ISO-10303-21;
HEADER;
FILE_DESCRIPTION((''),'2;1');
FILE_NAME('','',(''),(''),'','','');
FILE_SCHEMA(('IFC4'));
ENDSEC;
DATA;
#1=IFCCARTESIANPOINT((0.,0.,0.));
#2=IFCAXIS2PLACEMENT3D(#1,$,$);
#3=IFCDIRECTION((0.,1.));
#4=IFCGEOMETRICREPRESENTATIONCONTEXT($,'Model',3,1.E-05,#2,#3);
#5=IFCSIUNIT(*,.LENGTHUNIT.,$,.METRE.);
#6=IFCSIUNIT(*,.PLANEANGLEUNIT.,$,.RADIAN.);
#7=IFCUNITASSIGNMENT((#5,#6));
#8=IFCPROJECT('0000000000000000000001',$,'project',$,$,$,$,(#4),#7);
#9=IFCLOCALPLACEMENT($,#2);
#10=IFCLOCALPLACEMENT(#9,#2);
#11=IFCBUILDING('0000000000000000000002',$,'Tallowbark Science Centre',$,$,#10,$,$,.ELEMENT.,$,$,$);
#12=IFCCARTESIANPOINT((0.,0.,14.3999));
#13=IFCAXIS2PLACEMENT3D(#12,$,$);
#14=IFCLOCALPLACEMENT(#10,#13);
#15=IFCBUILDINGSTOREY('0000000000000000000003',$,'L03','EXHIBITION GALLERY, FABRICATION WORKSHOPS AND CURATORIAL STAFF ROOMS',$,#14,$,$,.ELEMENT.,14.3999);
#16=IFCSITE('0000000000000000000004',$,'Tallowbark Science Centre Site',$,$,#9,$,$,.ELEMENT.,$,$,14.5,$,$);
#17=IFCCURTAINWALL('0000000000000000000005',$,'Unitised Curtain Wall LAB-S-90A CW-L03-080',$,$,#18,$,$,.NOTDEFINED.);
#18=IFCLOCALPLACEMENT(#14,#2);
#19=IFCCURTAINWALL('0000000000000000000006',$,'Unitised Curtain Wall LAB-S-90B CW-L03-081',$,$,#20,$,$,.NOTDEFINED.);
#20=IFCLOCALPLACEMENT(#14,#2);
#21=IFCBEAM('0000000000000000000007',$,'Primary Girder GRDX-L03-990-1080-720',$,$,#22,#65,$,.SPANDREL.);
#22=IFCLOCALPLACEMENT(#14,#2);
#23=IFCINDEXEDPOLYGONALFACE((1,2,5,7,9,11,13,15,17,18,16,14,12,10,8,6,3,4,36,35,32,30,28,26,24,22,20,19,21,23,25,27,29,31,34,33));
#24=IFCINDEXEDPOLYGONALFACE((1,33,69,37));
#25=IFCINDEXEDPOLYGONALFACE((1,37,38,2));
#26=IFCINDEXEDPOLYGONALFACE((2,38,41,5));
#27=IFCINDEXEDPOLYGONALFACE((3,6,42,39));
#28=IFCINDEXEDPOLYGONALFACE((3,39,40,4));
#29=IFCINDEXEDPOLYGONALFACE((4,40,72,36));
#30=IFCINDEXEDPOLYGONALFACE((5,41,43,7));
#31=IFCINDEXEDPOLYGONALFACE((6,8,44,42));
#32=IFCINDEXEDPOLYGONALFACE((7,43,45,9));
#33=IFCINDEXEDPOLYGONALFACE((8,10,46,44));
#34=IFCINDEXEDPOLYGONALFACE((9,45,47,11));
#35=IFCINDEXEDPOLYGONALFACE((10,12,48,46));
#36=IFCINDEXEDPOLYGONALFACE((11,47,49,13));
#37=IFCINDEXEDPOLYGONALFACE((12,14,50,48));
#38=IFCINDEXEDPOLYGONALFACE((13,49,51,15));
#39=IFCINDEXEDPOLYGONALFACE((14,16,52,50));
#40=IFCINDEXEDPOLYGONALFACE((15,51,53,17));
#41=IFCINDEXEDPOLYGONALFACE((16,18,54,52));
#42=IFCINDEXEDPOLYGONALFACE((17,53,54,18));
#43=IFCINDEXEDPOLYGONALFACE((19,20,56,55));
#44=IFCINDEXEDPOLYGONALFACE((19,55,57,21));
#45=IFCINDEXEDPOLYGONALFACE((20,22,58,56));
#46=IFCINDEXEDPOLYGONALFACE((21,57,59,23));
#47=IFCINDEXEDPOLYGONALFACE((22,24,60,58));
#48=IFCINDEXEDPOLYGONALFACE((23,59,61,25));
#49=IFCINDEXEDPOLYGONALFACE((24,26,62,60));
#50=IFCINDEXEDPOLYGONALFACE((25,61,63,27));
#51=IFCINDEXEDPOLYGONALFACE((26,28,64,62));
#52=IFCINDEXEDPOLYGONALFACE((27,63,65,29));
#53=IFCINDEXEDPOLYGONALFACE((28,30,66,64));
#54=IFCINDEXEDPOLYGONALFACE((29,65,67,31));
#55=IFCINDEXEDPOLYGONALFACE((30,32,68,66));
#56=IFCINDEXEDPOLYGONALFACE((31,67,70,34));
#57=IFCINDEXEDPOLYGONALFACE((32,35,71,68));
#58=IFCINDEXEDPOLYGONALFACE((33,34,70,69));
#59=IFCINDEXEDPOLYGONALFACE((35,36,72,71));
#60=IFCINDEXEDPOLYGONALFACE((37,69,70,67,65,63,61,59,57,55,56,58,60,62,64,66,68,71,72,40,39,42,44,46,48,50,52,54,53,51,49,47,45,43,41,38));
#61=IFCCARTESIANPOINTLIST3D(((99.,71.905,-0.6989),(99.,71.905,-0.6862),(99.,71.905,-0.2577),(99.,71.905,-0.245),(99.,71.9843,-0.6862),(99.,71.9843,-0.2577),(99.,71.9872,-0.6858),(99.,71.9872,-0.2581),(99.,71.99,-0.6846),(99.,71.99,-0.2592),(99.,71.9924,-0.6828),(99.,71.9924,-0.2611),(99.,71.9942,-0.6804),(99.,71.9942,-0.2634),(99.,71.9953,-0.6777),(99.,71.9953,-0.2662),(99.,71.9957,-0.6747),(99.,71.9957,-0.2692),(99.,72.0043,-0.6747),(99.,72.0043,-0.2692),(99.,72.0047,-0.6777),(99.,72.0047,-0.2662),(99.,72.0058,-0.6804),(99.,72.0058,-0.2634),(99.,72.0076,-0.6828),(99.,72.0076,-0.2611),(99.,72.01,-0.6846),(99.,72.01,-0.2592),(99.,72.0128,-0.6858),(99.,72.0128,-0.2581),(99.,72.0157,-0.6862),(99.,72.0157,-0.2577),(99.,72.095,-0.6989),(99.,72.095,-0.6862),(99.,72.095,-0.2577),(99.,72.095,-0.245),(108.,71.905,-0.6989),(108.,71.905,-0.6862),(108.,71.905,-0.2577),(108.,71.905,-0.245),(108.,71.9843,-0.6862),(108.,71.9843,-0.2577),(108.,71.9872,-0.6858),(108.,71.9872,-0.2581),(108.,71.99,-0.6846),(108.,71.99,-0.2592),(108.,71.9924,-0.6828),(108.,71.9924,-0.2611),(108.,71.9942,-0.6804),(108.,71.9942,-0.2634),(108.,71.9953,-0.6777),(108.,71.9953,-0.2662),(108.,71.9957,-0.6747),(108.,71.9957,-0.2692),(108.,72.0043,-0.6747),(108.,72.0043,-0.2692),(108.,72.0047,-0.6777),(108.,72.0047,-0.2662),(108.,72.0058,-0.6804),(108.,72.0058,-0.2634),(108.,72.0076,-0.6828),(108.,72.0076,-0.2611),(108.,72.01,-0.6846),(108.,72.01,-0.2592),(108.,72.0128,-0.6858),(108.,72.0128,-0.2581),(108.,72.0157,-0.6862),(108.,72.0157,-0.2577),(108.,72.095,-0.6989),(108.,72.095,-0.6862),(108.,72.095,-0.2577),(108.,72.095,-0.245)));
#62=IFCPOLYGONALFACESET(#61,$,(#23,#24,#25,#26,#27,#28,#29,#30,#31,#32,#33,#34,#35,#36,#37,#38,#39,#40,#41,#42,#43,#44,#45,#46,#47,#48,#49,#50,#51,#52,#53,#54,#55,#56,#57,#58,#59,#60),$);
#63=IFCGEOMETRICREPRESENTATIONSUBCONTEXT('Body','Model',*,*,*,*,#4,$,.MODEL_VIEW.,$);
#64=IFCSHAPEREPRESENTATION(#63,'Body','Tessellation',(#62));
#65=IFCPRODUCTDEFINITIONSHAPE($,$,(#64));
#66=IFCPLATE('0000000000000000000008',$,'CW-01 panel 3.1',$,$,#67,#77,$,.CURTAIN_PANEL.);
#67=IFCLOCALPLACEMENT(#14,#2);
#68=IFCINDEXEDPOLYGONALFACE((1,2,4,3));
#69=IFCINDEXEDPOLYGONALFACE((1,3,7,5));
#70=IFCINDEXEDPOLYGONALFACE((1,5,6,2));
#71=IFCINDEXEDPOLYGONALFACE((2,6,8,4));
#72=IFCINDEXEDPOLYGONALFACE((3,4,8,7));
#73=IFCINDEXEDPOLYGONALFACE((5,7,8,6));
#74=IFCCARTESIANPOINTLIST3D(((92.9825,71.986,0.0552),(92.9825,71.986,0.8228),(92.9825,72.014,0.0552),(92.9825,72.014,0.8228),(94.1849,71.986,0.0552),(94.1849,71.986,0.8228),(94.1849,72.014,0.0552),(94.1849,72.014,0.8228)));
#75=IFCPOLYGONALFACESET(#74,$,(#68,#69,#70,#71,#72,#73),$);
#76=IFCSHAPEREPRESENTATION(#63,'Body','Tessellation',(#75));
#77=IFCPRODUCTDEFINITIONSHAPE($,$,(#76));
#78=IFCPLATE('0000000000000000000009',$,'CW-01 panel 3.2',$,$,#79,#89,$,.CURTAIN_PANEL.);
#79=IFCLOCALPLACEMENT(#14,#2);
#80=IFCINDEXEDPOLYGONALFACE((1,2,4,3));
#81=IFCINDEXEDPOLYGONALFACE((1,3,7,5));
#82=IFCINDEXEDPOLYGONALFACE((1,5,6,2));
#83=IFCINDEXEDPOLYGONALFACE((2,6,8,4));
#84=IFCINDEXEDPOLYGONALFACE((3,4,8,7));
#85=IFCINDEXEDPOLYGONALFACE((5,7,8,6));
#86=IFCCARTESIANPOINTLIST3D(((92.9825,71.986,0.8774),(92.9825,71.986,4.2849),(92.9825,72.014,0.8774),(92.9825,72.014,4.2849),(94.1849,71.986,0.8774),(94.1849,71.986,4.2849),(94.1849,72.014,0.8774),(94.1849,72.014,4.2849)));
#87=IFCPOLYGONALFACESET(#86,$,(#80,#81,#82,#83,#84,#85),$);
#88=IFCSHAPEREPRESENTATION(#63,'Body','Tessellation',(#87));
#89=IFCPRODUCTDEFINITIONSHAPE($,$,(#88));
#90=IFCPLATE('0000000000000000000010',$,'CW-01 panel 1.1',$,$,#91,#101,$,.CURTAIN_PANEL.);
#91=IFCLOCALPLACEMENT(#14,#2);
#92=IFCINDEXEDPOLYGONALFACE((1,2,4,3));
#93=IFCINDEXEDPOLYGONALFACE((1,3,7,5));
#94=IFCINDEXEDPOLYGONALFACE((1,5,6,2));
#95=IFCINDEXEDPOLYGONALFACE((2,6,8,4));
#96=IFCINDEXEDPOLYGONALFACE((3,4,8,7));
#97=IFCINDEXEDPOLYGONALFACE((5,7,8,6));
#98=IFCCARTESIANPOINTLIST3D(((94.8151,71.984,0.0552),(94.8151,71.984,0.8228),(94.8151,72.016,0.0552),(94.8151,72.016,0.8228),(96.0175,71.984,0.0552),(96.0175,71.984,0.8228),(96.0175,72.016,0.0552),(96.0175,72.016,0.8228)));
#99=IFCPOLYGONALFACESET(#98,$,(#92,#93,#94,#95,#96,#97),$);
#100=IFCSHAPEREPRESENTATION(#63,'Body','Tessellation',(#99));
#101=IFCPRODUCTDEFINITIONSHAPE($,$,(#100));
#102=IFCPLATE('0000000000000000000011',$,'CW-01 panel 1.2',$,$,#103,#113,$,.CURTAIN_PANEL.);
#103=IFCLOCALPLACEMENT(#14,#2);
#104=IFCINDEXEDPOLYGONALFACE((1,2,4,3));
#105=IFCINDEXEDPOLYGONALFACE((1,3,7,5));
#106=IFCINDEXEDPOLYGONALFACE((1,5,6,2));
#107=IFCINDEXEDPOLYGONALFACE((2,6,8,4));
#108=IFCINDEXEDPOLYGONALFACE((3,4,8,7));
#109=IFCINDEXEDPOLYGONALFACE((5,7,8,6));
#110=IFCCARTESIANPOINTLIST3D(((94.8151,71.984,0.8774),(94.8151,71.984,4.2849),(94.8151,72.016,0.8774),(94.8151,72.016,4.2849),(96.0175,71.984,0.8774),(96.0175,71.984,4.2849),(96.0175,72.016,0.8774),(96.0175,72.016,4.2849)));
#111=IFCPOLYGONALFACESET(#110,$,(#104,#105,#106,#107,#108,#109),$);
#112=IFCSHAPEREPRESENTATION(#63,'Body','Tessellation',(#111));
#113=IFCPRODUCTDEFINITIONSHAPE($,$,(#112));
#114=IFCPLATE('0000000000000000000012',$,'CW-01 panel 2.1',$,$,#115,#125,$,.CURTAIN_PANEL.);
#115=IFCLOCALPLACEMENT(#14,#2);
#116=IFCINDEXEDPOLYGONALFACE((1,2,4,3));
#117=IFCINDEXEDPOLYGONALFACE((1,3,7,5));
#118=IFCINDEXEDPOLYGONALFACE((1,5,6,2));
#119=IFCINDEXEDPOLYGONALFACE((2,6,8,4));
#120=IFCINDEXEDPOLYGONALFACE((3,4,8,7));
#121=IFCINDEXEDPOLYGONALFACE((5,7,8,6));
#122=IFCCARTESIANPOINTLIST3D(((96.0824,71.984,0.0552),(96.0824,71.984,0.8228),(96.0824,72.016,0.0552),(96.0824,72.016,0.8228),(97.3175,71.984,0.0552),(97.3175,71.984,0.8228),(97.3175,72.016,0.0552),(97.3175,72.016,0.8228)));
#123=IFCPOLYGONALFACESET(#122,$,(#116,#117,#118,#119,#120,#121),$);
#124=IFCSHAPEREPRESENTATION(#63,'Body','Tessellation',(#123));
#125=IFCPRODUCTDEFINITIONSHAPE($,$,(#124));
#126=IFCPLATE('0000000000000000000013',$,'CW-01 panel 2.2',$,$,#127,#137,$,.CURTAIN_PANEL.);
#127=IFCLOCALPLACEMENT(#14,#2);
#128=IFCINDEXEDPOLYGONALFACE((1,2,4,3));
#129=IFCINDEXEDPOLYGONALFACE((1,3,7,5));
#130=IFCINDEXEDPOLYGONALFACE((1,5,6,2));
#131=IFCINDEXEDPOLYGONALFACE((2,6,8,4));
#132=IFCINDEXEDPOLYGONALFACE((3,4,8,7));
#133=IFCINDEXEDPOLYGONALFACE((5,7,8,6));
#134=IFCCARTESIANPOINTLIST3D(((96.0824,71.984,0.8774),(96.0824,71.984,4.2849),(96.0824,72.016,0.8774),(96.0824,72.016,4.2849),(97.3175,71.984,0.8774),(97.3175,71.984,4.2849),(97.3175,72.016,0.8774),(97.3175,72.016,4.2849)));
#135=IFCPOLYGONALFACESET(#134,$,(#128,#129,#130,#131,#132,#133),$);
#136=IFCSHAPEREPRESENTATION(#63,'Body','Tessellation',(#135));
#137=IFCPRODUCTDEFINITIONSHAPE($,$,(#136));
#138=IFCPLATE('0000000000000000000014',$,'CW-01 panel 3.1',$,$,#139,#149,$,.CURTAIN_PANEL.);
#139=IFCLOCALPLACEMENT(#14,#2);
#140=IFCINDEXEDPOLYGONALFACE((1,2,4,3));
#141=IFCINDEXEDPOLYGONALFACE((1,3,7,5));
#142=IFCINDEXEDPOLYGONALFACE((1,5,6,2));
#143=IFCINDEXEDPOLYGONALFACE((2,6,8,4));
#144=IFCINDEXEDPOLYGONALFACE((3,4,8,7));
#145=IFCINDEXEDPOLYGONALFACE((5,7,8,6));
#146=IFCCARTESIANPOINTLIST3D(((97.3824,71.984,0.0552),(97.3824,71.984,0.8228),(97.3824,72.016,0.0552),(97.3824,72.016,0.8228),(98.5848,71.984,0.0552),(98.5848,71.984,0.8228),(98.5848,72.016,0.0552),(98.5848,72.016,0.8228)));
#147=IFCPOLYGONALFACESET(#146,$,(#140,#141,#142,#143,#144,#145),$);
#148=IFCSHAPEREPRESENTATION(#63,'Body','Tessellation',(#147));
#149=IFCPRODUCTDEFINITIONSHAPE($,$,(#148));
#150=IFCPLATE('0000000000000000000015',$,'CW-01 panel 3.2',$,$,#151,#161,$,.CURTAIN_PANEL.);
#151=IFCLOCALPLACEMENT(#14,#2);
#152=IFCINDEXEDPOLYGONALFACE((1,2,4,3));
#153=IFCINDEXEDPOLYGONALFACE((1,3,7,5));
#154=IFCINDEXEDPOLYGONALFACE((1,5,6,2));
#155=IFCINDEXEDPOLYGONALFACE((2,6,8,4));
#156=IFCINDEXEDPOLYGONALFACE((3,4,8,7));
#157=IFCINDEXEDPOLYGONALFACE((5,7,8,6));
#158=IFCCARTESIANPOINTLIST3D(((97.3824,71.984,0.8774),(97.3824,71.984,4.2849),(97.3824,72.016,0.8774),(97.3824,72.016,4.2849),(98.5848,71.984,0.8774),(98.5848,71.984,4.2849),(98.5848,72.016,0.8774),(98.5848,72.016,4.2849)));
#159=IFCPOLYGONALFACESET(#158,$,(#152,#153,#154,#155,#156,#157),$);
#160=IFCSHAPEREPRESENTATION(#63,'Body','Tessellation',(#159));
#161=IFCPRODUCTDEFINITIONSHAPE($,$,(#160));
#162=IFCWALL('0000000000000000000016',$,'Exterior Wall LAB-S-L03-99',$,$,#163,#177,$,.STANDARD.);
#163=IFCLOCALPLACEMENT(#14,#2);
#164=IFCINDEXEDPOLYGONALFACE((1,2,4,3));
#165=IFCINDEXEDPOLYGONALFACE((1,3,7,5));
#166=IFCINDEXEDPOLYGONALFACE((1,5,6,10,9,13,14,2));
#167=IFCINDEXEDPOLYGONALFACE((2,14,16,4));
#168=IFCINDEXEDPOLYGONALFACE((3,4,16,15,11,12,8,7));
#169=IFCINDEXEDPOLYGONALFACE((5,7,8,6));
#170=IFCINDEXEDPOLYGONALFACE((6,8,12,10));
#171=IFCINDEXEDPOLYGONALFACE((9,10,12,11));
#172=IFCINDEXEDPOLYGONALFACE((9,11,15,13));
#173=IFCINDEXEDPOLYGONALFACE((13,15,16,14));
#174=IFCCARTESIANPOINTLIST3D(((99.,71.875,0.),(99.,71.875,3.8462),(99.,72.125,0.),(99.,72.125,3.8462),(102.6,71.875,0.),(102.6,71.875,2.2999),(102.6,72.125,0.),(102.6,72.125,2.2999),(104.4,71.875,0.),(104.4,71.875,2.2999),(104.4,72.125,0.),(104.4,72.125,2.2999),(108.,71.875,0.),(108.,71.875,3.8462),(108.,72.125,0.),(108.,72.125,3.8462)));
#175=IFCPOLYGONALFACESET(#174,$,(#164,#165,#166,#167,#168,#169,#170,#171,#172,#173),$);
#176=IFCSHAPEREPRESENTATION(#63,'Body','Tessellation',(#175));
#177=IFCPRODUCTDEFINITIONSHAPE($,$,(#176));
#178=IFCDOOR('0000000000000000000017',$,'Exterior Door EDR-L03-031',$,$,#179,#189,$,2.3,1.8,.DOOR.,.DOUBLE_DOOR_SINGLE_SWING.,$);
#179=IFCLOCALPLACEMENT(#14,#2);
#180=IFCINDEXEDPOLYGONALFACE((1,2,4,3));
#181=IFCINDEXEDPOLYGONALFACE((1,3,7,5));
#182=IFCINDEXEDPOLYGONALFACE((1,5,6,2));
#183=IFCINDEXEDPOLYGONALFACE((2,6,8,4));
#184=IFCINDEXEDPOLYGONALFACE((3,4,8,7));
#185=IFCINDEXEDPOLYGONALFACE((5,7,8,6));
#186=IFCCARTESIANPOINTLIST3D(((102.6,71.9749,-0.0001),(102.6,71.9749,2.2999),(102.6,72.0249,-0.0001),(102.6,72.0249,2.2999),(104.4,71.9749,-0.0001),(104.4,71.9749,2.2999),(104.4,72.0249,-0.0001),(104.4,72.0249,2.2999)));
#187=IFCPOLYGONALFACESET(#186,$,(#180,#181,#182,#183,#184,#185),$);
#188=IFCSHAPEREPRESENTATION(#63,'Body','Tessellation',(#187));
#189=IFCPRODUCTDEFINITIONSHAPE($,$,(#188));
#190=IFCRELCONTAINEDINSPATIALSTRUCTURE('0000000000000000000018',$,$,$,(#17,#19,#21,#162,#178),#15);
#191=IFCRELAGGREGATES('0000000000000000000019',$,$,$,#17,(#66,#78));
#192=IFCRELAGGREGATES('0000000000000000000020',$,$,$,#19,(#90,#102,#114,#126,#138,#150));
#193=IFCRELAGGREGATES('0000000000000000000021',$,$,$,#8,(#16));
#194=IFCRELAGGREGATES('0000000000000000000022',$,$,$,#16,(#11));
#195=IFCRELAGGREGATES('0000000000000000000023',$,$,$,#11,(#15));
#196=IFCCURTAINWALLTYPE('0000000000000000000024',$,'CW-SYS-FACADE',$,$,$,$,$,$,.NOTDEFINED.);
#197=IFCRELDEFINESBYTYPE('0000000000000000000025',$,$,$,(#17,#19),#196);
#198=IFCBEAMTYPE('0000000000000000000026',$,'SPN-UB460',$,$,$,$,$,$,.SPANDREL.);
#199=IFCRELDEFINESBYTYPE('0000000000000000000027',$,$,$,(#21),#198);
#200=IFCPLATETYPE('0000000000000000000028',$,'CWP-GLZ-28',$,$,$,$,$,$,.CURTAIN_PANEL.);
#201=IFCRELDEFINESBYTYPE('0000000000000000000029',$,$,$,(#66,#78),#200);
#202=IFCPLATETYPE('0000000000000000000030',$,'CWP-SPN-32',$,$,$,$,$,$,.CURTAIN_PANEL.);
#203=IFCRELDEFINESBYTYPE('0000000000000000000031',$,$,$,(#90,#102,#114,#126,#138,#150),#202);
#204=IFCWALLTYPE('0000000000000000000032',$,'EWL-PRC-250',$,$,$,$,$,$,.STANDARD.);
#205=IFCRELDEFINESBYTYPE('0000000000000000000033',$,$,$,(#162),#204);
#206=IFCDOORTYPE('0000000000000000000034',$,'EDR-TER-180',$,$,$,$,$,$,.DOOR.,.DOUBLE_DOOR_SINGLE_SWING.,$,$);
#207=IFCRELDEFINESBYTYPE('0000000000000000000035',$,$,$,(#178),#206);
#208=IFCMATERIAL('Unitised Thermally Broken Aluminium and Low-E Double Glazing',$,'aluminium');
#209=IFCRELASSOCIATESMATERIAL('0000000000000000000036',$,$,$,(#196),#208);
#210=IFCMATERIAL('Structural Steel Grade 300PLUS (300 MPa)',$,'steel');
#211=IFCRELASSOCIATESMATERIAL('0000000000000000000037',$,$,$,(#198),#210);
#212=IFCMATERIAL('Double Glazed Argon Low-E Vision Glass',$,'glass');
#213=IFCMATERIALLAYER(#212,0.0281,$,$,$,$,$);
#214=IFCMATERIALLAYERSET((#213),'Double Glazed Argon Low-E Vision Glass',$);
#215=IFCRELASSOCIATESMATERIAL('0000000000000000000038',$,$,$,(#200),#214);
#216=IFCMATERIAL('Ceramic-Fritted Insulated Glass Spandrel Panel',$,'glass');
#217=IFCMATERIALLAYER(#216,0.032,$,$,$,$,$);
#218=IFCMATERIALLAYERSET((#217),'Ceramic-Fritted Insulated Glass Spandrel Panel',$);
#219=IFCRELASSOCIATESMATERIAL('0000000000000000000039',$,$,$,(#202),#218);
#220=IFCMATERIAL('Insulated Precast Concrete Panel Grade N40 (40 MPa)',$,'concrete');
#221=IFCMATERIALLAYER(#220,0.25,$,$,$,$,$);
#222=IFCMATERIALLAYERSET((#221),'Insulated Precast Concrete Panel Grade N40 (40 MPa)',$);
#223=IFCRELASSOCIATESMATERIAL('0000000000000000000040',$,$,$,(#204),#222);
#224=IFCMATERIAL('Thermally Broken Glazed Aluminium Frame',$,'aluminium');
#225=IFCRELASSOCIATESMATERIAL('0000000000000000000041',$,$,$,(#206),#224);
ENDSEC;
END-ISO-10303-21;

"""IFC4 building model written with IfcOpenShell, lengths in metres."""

from ifc_helpers import new_model, si_unit, direction, frame, frame_2d, origin, origin_2d, place, context, subcontext, project, spatial, rectangle, i_section, extrude, material, layer, layer_set, material_profile, profile_set, type_object, element, fill, aggregate, save


model = new_model("IFC4")

# Units and contexts
model_context = context("Model", 3, precision=1e-05, world=origin(), true_north=direction((0.0, 1.0)))
body_context = subcontext(model_context, "Body", "Model", "MODEL_VIEW")
ifc_project = project(units=[si_unit("LENGTHUNIT", "METRE"), si_unit("PLANEANGLEUNIT", "RADIAN")], contexts=[model_context])

# Site, building, storey
site_placement = place(None, origin())
site = spatial("IfcSite", under=ifc_project, at=site_placement, Name="Tallowbark Science Centre Site", CompositionType="ELEMENT", RefElevation=14.5)
building_placement = place(site_placement, origin())
building = spatial("IfcBuilding", under=site, at=building_placement, Name="Tallowbark Science Centre", CompositionType="ELEMENT")
storey_placement = place(building_placement, frame((0.0, 0.0, 14.3999)))
storey = spatial("IfcBuildingStorey", under=building, at=storey_placement, Name="L03", Description="EXHIBITION GALLERY, FABRICATION WORKSHOPS AND CURATORIAL STAFF ROOMS", CompositionType="ELEMENT", Elevation=14.3999)

# Shared definitions
ifc_material_1 = material(Name="Structural Steel Grade 300PLUS (300 MPa)", Category="steel")

# Curtain wall
ifc_material_2 = material(Name="Unitised Thermally Broken Aluminium and Low-E Double Glazing", Category="aluminium")
curtain_wall_type = type_object("IfcCurtainWallType", Name="CW-SYS-FACADE", PredefinedType="NOTDEFINED", material=ifc_material_2)
curtain_wall_1_placement = place(storey_placement, origin())
curtain_wall_1 = element("IfcCurtainWall", 1, at=curtain_wall_1_placement, inside=storey, type_object=curtain_wall_type, Name="Unitised Curtain Wall LAB-S-90A CW-L03-080", PredefinedType="NOTDEFINED")

# Curtain wall
curtain_wall_2_placement = place(storey_placement, origin())
curtain_wall_2 = element("IfcCurtainWall", 2, at=curtain_wall_2_placement, inside=storey, type_object=curtain_wall_type, Name="Unitised Curtain Wall LAB-S-90B CW-L03-081", PredefinedType="NOTDEFINED")

# Beam
ifc_material_profile_1 = material_profile(ifc_material_1, i_section(OverallWidth=0.1899, OverallDepth=0.4539, WebThickness=0.0085, FlangeThickness=0.0127, FilletRadius=0.0115, at=origin_2d()), Name="460UB67.1")
ifc_profile_set_1 = profile_set([ifc_material_profile_1], Name="Structural Steel Grade 300PLUS (300 MPa)")
beam_type_1 = type_object("IfcBeamType", Name="SPN-UB460", PredefinedType="SPANDREL", material=ifc_profile_set_1)
beam_1_placement = place(storey_placement, frame((99.0, 72.0, -0.4719), z_axis=(1.0, 0.0, 0.0), x_axis=(0.0, 1.0, 0.0)))
element("IfcBeam", 3, at=beam_1_placement, inside=storey, type_object=beam_type_1, Name="Primary Girder GRDX-L03-990-1080-720", PredefinedType="SPANDREL", context=body_context, shape_type="SweptSolid", body=[
    extrude(i_section(OverallWidth=0.1899, OverallDepth=0.4539, WebThickness=0.0085, FlangeThickness=0.0127, FilletRadius=0.0115, at=origin_2d()), origin(), (0.0, 0.0, 1.0), 9.0),
])

# Plates
ifc_material_3 = material(Name="Double Glazed Argon Low-E Vision Glass", Category="glass")
ifc_layer_1 = layer(ifc_material_3, 0.0281)
ifc_layer_set_1 = layer_set([ifc_layer_1], Name="Double Glazed Argon Low-E Vision Glass")
plate_type_1 = type_object("IfcPlateType", Name="CWP-GLZ-28", PredefinedType="CURTAIN_PANEL", material=ifc_layer_set_1)
plate_1_placement = place(storey_placement, frame((93.5837, 72.0, 0.0552), z_axis=(0.0, 0.0, 1.0), x_axis=(1.0, 0.0, 0.0)))
plate_1 = element("IfcPlate", 4, at=plate_1_placement, type_object=plate_type_1, Name="CW-01 panel 3.1", PredefinedType="CURTAIN_PANEL", context=body_context, shape_type="SweptSolid", body=[
    extrude(rectangle(XDim=1.2024, YDim=0.0281, at=origin_2d()), origin(), (0.0, 0.0, 1.0), 0.7676),
])
plate_2_placement = place(storey_placement, frame((93.5837, 72.0, 0.8774), z_axis=(0.0, 0.0, 1.0), x_axis=(1.0, 0.0, 0.0)))
plate_2 = element("IfcPlate", 5, at=plate_2_placement, type_object=plate_type_1, Name="CW-01 panel 3.2", PredefinedType="CURTAIN_PANEL", context=body_context, shape_type="SweptSolid", body=[
    extrude(rectangle(XDim=1.2024, YDim=0.0281, at=origin_2d()), origin(), (0.0, 0.0, 1.0), 3.4075),
])
aggregate(curtain_wall_1, [plate_1, plate_2])
ifc_material_4 = material(Name="Ceramic-Fritted Insulated Glass Spandrel Panel", Category="glass")
ifc_layer_2 = layer(ifc_material_4, 0.032)
ifc_layer_set_2 = layer_set([ifc_layer_2], Name="Ceramic-Fritted Insulated Glass Spandrel Panel")
plate_type_2 = type_object("IfcPlateType", Name="CWP-SPN-32", PredefinedType="CURTAIN_PANEL", material=ifc_layer_set_2)
plate_3_placement = place(storey_placement, frame((95.4163, 72.0, 0.0552), z_axis=(0.0, 0.0, 1.0), x_axis=(1.0, 0.0, 0.0)))
plate_3 = element("IfcPlate", 6, at=plate_3_placement, type_object=plate_type_2, Name="CW-01 panel 1.1", PredefinedType="CURTAIN_PANEL", context=body_context, shape_type="SweptSolid", body=[
    extrude(rectangle(XDim=1.2024, YDim=0.032, at=origin_2d()), origin(), (0.0, 0.0, 1.0), 0.7676),
])
plate_4_placement = place(storey_placement, frame((95.4163, 72.0, 0.8774), z_axis=(0.0, 0.0, 1.0), x_axis=(1.0, 0.0, 0.0)))
plate_4 = element("IfcPlate", 7, at=plate_4_placement, type_object=plate_type_2, Name="CW-01 panel 1.2", PredefinedType="CURTAIN_PANEL", context=body_context, shape_type="SweptSolid", body=[
    extrude(rectangle(XDim=1.2024, YDim=0.032, at=origin_2d()), origin(), (0.0, 0.0, 1.0), 3.4075),
])
plate_5_placement = place(storey_placement, frame((96.7, 72.0, 0.0552), z_axis=(0.0, 0.0, 1.0), x_axis=(1.0, 0.0, 0.0)))
plate_5 = element("IfcPlate", 8, at=plate_5_placement, type_object=plate_type_2, Name="CW-01 panel 2.1", PredefinedType="CURTAIN_PANEL", context=body_context, shape_type="SweptSolid", body=[
    extrude(rectangle(XDim=1.2351, YDim=0.032, at=origin_2d()), origin(), (0.0, 0.0, 1.0), 0.7676),
])
plate_6_placement = place(storey_placement, frame((96.7, 72.0, 0.8774), z_axis=(0.0, 0.0, 1.0), x_axis=(1.0, 0.0, 0.0)))
plate_6 = element("IfcPlate", 9, at=plate_6_placement, type_object=plate_type_2, Name="CW-01 panel 2.2", PredefinedType="CURTAIN_PANEL", context=body_context, shape_type="SweptSolid", body=[
    extrude(rectangle(XDim=1.2351, YDim=0.032, at=origin_2d()), origin(), (0.0, 0.0, 1.0), 3.4075),
])
plate_7_placement = place(storey_placement, frame((97.9836, 72.0, 0.0552), z_axis=(0.0, 0.0, 1.0), x_axis=(1.0, 0.0, 0.0)))
plate_7 = element("IfcPlate", 10, at=plate_7_placement, type_object=plate_type_2, Name="CW-01 panel 3.1", PredefinedType="CURTAIN_PANEL", context=body_context, shape_type="SweptSolid", body=[
    extrude(rectangle(XDim=1.2024, YDim=0.032, at=origin_2d()), origin(), (0.0, 0.0, 1.0), 0.7676),
])
plate_8_placement = place(storey_placement, frame((97.9836, 72.0, 0.8774), z_axis=(0.0, 0.0, 1.0), x_axis=(1.0, 0.0, 0.0)))
plate_8 = element("IfcPlate", 11, at=plate_8_placement, type_object=plate_type_2, Name="CW-01 panel 3.2", PredefinedType="CURTAIN_PANEL", context=body_context, shape_type="SweptSolid", body=[
    extrude(rectangle(XDim=1.2024, YDim=0.032, at=origin_2d()), origin(), (0.0, 0.0, 1.0), 3.4075),
])
aggregate(curtain_wall_2, [plate_3, plate_4, plate_5, plate_6, plate_7, plate_8])

# Wall, opening, door
ifc_material_5 = material(Name="Insulated Precast Concrete Panel Grade N40 (40 MPa)", Category="concrete")
ifc_layer_3 = layer(ifc_material_5, 0.25)
ifc_layer_set_3 = layer_set([ifc_layer_3], Name="Insulated Precast Concrete Panel Grade N40 (40 MPa)")
wall_type_1 = type_object("IfcWallType", Name="EWL-PRC-250", PredefinedType="STANDARD", material=ifc_layer_set_3)
wall_1_placement = place(storey_placement, frame((99.0, 72.0, 0.0), z_axis=(0.0, 0.0, 1.0), x_axis=(1.0, 0.0, 0.0)))
wall_1 = element("IfcWall", 12, at=wall_1_placement, inside=storey, type_object=wall_type_1, Name="Exterior Wall LAB-S-L03-99", PredefinedType="STANDARD", context=body_context, shape_type="SweptSolid", body=[
    extrude(rectangle(XDim=9.0, YDim=0.25, at=frame_2d((4.5, 0.0))), origin(), (0.0, 0.0, 1.0), 3.8462),
])
opening_1_placement = place(wall_1_placement, frame((3.6001, 0.0, 0.0)))
opening_1 = element("IfcOpeningElement", 13, at=opening_1_placement, cuts=wall_1, PredefinedType="OPENING", context=body_context, shape_type="SweptSolid", body=[
    extrude(rectangle(XDim=1.8, YDim=2.3, at=frame_2d((0.8999, 1.1499))), frame((0.0, 0.135, 0.0), z_axis=(0.0, -1.0, 0.0), x_axis=(1.0, 0.0, 0.0)), (0.0, 0.0, 1.0), 0.27),
])
ifc_material_6 = material(Name="Thermally Broken Glazed Aluminium Frame", Category="aluminium")
door_type_1 = type_object("IfcDoorType", Name="EDR-TER-180", OperationType="DOUBLE_DOOR_SINGLE_SWING", PredefinedType="DOOR", material=ifc_material_6)
door_1_placement = place(opening_1_placement, origin())
door_1 = element("IfcDoor", 14, at=door_1_placement, inside=storey, type_object=door_type_1, Name="Exterior Door EDR-L03-031", OperationType="DOUBLE_DOOR_SINGLE_SWING", OverallHeight=2.3, OverallWidth=1.8, PredefinedType="DOOR", context=body_context, shape_type="SweptSolid", body=[
    extrude(rectangle(XDim=1.8, YDim=2.3, at=frame_2d((0.8999, 1.1499))), frame((0.0, 0.0249, 0.0), z_axis=(0.0, -1.0, 0.0), x_axis=(1.0, 0.0, 0.0)), (0.0, 0.0, 1.0), 0.05),
])
fill(opening_1, door_1)

save(model, "model.ifc")
